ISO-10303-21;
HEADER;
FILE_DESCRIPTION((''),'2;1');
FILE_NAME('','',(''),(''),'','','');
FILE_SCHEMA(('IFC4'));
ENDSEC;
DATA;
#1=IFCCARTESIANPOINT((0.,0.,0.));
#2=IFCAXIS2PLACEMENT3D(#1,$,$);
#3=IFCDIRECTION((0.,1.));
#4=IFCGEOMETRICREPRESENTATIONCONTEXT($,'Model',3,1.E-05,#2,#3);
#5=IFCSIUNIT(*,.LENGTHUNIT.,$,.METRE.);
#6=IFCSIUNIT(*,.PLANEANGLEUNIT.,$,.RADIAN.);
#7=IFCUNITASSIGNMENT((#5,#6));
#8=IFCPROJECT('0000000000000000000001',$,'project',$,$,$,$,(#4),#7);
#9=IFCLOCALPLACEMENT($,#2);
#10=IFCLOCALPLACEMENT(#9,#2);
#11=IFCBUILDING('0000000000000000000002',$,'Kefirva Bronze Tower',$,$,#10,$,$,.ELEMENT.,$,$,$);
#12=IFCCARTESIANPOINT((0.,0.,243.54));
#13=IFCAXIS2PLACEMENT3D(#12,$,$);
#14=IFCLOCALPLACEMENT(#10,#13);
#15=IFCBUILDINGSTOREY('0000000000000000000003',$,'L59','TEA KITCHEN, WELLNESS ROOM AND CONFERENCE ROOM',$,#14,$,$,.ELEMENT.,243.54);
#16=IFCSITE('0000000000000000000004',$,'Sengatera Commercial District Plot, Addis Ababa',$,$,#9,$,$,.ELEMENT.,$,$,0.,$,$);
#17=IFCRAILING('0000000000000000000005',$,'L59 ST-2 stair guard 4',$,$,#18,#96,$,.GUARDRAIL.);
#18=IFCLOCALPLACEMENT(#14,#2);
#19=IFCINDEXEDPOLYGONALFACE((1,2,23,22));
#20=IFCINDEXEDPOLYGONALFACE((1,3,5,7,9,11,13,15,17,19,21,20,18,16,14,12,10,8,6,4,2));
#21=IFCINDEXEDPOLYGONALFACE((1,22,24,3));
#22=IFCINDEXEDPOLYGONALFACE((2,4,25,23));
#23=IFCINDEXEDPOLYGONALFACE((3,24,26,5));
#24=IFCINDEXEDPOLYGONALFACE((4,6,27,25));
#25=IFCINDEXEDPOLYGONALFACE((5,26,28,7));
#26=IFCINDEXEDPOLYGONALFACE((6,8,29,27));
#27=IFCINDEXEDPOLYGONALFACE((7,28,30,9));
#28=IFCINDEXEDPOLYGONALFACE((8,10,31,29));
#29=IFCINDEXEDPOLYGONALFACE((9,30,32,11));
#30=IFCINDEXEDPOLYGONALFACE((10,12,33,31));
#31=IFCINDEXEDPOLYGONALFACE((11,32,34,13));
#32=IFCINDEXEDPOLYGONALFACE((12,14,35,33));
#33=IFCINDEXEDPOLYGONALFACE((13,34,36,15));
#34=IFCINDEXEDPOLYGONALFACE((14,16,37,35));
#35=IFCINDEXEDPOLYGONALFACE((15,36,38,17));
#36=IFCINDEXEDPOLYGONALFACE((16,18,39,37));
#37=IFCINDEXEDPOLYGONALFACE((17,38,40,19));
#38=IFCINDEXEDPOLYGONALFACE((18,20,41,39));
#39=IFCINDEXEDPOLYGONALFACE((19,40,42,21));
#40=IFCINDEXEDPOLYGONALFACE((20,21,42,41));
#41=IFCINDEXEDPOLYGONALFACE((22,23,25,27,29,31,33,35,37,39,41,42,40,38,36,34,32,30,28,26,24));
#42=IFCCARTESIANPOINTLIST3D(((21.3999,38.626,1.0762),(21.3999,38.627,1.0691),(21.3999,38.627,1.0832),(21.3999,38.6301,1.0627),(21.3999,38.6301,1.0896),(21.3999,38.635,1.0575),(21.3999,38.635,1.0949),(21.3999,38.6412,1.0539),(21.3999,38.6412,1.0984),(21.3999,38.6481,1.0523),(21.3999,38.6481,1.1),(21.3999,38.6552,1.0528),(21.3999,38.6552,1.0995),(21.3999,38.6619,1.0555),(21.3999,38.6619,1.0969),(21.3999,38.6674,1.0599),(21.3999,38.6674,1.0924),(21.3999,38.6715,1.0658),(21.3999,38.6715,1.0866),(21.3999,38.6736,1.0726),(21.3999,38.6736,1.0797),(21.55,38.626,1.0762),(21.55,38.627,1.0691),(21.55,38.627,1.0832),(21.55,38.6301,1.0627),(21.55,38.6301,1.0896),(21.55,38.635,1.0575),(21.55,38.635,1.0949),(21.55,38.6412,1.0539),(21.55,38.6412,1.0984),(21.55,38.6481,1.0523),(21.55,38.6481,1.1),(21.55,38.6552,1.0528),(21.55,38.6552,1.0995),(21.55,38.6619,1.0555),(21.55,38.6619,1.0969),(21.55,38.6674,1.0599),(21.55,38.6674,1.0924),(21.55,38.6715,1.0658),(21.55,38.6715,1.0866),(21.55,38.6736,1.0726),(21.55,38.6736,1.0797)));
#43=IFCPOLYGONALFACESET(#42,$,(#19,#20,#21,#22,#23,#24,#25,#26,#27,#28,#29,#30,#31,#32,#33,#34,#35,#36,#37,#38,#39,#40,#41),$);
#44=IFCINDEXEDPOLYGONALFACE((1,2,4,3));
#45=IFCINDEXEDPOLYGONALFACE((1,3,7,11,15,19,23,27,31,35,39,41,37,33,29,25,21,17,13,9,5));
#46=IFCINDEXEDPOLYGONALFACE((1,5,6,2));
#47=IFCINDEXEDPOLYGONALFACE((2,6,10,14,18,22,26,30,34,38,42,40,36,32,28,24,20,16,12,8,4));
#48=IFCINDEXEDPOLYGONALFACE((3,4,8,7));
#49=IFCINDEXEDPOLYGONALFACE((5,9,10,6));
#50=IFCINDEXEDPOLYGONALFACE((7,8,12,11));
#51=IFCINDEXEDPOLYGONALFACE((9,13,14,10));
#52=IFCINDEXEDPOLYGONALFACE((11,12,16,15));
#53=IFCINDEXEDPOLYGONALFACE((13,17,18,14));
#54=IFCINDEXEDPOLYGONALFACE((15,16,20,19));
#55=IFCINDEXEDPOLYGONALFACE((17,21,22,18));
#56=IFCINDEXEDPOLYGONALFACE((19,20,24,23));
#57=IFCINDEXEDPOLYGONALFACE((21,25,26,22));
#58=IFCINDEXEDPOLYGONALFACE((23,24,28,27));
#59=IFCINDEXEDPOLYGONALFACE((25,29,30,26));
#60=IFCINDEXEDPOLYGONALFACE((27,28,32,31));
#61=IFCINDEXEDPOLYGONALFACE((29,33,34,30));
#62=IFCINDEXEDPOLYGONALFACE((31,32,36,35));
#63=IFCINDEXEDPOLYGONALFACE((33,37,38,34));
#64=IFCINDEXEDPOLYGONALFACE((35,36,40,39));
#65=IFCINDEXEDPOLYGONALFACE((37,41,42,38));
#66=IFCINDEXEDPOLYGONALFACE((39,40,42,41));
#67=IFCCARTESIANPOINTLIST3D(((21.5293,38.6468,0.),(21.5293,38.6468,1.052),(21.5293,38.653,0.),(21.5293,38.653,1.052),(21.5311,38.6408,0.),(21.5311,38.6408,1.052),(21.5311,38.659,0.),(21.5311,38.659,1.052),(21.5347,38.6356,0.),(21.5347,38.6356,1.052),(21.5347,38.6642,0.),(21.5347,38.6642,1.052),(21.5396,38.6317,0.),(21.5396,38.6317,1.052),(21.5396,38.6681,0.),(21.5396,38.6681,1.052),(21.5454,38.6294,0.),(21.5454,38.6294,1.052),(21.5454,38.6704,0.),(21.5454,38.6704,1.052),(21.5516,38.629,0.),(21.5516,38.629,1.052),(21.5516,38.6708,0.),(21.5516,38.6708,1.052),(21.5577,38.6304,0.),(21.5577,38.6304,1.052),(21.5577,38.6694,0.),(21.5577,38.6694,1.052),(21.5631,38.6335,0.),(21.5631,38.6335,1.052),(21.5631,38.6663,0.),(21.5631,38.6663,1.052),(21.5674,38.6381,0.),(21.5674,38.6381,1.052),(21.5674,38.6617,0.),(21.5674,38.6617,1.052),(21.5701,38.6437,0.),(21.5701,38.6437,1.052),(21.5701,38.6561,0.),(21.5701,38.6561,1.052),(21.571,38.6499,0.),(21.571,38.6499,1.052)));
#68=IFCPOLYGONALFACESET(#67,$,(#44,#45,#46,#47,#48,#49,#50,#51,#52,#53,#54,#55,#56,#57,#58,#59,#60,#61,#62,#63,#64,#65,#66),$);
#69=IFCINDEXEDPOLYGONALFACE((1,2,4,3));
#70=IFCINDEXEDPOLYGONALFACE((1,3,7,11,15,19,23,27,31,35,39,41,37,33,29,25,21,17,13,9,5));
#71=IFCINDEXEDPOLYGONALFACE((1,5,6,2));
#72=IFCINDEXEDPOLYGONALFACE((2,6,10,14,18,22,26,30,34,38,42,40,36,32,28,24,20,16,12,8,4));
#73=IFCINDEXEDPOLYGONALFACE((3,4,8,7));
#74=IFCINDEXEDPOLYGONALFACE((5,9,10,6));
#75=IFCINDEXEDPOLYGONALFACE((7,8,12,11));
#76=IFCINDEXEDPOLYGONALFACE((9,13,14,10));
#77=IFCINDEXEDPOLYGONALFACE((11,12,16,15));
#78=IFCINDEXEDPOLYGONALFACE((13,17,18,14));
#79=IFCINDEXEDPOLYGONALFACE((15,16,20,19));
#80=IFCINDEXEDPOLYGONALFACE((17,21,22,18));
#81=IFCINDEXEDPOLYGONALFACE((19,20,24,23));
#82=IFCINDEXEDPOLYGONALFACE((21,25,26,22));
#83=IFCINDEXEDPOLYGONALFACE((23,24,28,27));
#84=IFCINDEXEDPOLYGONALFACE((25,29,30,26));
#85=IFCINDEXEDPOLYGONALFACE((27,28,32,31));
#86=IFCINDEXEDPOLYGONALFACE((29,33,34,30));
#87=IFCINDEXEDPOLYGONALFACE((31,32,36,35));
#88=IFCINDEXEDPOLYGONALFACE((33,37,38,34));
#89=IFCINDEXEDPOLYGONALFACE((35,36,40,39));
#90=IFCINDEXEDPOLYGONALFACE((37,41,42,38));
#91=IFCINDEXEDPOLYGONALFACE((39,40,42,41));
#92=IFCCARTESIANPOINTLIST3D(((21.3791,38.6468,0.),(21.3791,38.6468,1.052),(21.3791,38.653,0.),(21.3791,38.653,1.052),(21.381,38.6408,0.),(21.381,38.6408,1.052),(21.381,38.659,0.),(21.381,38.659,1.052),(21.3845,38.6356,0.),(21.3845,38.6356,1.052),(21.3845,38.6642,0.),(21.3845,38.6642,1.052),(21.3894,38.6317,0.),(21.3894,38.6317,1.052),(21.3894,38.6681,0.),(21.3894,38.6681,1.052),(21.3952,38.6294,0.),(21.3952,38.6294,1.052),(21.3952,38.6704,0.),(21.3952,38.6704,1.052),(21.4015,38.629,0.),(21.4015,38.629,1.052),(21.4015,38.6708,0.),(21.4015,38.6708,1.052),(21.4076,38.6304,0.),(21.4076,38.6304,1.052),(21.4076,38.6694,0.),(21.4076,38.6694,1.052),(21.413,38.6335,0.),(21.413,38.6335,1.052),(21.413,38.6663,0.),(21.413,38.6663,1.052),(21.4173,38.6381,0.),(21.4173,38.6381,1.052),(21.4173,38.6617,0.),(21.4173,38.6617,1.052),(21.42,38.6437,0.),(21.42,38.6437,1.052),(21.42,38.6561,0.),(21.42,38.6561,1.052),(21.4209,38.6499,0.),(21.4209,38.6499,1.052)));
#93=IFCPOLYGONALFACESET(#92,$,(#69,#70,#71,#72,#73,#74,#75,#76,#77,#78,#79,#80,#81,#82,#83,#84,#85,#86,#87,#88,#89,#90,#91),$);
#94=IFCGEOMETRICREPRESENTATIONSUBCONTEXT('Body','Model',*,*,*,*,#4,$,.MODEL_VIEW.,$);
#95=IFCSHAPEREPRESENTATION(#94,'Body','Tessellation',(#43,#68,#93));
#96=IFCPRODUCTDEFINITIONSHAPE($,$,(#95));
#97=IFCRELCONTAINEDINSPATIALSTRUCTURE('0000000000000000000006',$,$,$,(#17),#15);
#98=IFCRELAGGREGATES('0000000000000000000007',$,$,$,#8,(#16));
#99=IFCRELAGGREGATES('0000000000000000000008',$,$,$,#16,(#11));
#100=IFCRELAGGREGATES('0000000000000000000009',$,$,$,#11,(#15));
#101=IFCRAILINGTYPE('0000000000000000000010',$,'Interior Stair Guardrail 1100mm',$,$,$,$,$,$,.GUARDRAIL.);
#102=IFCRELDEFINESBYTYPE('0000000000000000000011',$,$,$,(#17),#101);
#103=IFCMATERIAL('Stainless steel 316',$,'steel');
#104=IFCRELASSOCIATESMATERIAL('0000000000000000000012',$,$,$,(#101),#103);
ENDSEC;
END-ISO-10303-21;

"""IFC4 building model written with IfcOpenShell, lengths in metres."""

from ifc_helpers import new_model, si_unit, direction, frame, origin, origin_2d, place, context, subcontext, project, spatial, circle, extrude, material, type_object, element, save


model = new_model("IFC4")

# Units and contexts
model_context = context("Model", 3, precision=1e-05, world=origin(), true_north=direction((0.0, 1.0)))
body_context = subcontext(model_context, "Body", "Model", "MODEL_VIEW")
ifc_project = project(units=[si_unit("LENGTHUNIT", "METRE"), si_unit("PLANEANGLEUNIT", "RADIAN")], contexts=[model_context])

# Site, building, storey
site_placement = place(None, origin())
site = spatial("IfcSite", under=ifc_project, at=site_placement, Name="Sengatera Commercial District Plot, Addis Ababa", CompositionType="ELEMENT", RefElevation=0.0)
building_placement = place(site_placement, origin())
building = spatial("IfcBuilding", under=site, at=building_placement, Name="Kefirva Bronze Tower", CompositionType="ELEMENT")
storey_placement = place(building_placement, frame((0.0, 0.0, 243.54)))
storey = spatial("IfcBuildingStorey", under=building, at=storey_placement, Name="L59", Description="TEA KITCHEN, WELLNESS ROOM AND CONFERENCE ROOM", CompositionType="ELEMENT", Elevation=243.54)

# Shared definitions
ifc_material_1 = material(Name="Stainless steel 316", Category="steel")

# Railing
railing_type_1 = type_object("IfcRailingType", Name="Interior Stair Guardrail 1100mm", PredefinedType="GUARDRAIL", material=ifc_material_1)
railing_1_placement = place(storey_placement, frame((21.55, 38.6499, 0.0)))
element("IfcRailing", 1, at=railing_1_placement, inside=storey, type_object=railing_type_1, Name="L59 ST-2 stair guard 4", PredefinedType="GUARDRAIL", context=body_context, shape_type="SweptSolid", body=[
    extrude(circle(Radius=0.0239, at=origin_2d()), frame((0.0, 0.0, 1.0762), z_axis=(-1.0, 0.0, 0.0), x_axis=(0.0, -1.0, 0.0)), (0.0, 0.0, 1.0), 0.1501),
    extrude(circle(Radius=0.021, at=origin_2d()), origin(), (0.0, 0.0, 1.0), 1.052),
    extrude(circle(Radius=0.021, at=origin_2d()), frame((-0.1501, 0.0, 0.0)), (0.0, 0.0, 1.0), 1.052),
])

save(model, "model.ifc")
